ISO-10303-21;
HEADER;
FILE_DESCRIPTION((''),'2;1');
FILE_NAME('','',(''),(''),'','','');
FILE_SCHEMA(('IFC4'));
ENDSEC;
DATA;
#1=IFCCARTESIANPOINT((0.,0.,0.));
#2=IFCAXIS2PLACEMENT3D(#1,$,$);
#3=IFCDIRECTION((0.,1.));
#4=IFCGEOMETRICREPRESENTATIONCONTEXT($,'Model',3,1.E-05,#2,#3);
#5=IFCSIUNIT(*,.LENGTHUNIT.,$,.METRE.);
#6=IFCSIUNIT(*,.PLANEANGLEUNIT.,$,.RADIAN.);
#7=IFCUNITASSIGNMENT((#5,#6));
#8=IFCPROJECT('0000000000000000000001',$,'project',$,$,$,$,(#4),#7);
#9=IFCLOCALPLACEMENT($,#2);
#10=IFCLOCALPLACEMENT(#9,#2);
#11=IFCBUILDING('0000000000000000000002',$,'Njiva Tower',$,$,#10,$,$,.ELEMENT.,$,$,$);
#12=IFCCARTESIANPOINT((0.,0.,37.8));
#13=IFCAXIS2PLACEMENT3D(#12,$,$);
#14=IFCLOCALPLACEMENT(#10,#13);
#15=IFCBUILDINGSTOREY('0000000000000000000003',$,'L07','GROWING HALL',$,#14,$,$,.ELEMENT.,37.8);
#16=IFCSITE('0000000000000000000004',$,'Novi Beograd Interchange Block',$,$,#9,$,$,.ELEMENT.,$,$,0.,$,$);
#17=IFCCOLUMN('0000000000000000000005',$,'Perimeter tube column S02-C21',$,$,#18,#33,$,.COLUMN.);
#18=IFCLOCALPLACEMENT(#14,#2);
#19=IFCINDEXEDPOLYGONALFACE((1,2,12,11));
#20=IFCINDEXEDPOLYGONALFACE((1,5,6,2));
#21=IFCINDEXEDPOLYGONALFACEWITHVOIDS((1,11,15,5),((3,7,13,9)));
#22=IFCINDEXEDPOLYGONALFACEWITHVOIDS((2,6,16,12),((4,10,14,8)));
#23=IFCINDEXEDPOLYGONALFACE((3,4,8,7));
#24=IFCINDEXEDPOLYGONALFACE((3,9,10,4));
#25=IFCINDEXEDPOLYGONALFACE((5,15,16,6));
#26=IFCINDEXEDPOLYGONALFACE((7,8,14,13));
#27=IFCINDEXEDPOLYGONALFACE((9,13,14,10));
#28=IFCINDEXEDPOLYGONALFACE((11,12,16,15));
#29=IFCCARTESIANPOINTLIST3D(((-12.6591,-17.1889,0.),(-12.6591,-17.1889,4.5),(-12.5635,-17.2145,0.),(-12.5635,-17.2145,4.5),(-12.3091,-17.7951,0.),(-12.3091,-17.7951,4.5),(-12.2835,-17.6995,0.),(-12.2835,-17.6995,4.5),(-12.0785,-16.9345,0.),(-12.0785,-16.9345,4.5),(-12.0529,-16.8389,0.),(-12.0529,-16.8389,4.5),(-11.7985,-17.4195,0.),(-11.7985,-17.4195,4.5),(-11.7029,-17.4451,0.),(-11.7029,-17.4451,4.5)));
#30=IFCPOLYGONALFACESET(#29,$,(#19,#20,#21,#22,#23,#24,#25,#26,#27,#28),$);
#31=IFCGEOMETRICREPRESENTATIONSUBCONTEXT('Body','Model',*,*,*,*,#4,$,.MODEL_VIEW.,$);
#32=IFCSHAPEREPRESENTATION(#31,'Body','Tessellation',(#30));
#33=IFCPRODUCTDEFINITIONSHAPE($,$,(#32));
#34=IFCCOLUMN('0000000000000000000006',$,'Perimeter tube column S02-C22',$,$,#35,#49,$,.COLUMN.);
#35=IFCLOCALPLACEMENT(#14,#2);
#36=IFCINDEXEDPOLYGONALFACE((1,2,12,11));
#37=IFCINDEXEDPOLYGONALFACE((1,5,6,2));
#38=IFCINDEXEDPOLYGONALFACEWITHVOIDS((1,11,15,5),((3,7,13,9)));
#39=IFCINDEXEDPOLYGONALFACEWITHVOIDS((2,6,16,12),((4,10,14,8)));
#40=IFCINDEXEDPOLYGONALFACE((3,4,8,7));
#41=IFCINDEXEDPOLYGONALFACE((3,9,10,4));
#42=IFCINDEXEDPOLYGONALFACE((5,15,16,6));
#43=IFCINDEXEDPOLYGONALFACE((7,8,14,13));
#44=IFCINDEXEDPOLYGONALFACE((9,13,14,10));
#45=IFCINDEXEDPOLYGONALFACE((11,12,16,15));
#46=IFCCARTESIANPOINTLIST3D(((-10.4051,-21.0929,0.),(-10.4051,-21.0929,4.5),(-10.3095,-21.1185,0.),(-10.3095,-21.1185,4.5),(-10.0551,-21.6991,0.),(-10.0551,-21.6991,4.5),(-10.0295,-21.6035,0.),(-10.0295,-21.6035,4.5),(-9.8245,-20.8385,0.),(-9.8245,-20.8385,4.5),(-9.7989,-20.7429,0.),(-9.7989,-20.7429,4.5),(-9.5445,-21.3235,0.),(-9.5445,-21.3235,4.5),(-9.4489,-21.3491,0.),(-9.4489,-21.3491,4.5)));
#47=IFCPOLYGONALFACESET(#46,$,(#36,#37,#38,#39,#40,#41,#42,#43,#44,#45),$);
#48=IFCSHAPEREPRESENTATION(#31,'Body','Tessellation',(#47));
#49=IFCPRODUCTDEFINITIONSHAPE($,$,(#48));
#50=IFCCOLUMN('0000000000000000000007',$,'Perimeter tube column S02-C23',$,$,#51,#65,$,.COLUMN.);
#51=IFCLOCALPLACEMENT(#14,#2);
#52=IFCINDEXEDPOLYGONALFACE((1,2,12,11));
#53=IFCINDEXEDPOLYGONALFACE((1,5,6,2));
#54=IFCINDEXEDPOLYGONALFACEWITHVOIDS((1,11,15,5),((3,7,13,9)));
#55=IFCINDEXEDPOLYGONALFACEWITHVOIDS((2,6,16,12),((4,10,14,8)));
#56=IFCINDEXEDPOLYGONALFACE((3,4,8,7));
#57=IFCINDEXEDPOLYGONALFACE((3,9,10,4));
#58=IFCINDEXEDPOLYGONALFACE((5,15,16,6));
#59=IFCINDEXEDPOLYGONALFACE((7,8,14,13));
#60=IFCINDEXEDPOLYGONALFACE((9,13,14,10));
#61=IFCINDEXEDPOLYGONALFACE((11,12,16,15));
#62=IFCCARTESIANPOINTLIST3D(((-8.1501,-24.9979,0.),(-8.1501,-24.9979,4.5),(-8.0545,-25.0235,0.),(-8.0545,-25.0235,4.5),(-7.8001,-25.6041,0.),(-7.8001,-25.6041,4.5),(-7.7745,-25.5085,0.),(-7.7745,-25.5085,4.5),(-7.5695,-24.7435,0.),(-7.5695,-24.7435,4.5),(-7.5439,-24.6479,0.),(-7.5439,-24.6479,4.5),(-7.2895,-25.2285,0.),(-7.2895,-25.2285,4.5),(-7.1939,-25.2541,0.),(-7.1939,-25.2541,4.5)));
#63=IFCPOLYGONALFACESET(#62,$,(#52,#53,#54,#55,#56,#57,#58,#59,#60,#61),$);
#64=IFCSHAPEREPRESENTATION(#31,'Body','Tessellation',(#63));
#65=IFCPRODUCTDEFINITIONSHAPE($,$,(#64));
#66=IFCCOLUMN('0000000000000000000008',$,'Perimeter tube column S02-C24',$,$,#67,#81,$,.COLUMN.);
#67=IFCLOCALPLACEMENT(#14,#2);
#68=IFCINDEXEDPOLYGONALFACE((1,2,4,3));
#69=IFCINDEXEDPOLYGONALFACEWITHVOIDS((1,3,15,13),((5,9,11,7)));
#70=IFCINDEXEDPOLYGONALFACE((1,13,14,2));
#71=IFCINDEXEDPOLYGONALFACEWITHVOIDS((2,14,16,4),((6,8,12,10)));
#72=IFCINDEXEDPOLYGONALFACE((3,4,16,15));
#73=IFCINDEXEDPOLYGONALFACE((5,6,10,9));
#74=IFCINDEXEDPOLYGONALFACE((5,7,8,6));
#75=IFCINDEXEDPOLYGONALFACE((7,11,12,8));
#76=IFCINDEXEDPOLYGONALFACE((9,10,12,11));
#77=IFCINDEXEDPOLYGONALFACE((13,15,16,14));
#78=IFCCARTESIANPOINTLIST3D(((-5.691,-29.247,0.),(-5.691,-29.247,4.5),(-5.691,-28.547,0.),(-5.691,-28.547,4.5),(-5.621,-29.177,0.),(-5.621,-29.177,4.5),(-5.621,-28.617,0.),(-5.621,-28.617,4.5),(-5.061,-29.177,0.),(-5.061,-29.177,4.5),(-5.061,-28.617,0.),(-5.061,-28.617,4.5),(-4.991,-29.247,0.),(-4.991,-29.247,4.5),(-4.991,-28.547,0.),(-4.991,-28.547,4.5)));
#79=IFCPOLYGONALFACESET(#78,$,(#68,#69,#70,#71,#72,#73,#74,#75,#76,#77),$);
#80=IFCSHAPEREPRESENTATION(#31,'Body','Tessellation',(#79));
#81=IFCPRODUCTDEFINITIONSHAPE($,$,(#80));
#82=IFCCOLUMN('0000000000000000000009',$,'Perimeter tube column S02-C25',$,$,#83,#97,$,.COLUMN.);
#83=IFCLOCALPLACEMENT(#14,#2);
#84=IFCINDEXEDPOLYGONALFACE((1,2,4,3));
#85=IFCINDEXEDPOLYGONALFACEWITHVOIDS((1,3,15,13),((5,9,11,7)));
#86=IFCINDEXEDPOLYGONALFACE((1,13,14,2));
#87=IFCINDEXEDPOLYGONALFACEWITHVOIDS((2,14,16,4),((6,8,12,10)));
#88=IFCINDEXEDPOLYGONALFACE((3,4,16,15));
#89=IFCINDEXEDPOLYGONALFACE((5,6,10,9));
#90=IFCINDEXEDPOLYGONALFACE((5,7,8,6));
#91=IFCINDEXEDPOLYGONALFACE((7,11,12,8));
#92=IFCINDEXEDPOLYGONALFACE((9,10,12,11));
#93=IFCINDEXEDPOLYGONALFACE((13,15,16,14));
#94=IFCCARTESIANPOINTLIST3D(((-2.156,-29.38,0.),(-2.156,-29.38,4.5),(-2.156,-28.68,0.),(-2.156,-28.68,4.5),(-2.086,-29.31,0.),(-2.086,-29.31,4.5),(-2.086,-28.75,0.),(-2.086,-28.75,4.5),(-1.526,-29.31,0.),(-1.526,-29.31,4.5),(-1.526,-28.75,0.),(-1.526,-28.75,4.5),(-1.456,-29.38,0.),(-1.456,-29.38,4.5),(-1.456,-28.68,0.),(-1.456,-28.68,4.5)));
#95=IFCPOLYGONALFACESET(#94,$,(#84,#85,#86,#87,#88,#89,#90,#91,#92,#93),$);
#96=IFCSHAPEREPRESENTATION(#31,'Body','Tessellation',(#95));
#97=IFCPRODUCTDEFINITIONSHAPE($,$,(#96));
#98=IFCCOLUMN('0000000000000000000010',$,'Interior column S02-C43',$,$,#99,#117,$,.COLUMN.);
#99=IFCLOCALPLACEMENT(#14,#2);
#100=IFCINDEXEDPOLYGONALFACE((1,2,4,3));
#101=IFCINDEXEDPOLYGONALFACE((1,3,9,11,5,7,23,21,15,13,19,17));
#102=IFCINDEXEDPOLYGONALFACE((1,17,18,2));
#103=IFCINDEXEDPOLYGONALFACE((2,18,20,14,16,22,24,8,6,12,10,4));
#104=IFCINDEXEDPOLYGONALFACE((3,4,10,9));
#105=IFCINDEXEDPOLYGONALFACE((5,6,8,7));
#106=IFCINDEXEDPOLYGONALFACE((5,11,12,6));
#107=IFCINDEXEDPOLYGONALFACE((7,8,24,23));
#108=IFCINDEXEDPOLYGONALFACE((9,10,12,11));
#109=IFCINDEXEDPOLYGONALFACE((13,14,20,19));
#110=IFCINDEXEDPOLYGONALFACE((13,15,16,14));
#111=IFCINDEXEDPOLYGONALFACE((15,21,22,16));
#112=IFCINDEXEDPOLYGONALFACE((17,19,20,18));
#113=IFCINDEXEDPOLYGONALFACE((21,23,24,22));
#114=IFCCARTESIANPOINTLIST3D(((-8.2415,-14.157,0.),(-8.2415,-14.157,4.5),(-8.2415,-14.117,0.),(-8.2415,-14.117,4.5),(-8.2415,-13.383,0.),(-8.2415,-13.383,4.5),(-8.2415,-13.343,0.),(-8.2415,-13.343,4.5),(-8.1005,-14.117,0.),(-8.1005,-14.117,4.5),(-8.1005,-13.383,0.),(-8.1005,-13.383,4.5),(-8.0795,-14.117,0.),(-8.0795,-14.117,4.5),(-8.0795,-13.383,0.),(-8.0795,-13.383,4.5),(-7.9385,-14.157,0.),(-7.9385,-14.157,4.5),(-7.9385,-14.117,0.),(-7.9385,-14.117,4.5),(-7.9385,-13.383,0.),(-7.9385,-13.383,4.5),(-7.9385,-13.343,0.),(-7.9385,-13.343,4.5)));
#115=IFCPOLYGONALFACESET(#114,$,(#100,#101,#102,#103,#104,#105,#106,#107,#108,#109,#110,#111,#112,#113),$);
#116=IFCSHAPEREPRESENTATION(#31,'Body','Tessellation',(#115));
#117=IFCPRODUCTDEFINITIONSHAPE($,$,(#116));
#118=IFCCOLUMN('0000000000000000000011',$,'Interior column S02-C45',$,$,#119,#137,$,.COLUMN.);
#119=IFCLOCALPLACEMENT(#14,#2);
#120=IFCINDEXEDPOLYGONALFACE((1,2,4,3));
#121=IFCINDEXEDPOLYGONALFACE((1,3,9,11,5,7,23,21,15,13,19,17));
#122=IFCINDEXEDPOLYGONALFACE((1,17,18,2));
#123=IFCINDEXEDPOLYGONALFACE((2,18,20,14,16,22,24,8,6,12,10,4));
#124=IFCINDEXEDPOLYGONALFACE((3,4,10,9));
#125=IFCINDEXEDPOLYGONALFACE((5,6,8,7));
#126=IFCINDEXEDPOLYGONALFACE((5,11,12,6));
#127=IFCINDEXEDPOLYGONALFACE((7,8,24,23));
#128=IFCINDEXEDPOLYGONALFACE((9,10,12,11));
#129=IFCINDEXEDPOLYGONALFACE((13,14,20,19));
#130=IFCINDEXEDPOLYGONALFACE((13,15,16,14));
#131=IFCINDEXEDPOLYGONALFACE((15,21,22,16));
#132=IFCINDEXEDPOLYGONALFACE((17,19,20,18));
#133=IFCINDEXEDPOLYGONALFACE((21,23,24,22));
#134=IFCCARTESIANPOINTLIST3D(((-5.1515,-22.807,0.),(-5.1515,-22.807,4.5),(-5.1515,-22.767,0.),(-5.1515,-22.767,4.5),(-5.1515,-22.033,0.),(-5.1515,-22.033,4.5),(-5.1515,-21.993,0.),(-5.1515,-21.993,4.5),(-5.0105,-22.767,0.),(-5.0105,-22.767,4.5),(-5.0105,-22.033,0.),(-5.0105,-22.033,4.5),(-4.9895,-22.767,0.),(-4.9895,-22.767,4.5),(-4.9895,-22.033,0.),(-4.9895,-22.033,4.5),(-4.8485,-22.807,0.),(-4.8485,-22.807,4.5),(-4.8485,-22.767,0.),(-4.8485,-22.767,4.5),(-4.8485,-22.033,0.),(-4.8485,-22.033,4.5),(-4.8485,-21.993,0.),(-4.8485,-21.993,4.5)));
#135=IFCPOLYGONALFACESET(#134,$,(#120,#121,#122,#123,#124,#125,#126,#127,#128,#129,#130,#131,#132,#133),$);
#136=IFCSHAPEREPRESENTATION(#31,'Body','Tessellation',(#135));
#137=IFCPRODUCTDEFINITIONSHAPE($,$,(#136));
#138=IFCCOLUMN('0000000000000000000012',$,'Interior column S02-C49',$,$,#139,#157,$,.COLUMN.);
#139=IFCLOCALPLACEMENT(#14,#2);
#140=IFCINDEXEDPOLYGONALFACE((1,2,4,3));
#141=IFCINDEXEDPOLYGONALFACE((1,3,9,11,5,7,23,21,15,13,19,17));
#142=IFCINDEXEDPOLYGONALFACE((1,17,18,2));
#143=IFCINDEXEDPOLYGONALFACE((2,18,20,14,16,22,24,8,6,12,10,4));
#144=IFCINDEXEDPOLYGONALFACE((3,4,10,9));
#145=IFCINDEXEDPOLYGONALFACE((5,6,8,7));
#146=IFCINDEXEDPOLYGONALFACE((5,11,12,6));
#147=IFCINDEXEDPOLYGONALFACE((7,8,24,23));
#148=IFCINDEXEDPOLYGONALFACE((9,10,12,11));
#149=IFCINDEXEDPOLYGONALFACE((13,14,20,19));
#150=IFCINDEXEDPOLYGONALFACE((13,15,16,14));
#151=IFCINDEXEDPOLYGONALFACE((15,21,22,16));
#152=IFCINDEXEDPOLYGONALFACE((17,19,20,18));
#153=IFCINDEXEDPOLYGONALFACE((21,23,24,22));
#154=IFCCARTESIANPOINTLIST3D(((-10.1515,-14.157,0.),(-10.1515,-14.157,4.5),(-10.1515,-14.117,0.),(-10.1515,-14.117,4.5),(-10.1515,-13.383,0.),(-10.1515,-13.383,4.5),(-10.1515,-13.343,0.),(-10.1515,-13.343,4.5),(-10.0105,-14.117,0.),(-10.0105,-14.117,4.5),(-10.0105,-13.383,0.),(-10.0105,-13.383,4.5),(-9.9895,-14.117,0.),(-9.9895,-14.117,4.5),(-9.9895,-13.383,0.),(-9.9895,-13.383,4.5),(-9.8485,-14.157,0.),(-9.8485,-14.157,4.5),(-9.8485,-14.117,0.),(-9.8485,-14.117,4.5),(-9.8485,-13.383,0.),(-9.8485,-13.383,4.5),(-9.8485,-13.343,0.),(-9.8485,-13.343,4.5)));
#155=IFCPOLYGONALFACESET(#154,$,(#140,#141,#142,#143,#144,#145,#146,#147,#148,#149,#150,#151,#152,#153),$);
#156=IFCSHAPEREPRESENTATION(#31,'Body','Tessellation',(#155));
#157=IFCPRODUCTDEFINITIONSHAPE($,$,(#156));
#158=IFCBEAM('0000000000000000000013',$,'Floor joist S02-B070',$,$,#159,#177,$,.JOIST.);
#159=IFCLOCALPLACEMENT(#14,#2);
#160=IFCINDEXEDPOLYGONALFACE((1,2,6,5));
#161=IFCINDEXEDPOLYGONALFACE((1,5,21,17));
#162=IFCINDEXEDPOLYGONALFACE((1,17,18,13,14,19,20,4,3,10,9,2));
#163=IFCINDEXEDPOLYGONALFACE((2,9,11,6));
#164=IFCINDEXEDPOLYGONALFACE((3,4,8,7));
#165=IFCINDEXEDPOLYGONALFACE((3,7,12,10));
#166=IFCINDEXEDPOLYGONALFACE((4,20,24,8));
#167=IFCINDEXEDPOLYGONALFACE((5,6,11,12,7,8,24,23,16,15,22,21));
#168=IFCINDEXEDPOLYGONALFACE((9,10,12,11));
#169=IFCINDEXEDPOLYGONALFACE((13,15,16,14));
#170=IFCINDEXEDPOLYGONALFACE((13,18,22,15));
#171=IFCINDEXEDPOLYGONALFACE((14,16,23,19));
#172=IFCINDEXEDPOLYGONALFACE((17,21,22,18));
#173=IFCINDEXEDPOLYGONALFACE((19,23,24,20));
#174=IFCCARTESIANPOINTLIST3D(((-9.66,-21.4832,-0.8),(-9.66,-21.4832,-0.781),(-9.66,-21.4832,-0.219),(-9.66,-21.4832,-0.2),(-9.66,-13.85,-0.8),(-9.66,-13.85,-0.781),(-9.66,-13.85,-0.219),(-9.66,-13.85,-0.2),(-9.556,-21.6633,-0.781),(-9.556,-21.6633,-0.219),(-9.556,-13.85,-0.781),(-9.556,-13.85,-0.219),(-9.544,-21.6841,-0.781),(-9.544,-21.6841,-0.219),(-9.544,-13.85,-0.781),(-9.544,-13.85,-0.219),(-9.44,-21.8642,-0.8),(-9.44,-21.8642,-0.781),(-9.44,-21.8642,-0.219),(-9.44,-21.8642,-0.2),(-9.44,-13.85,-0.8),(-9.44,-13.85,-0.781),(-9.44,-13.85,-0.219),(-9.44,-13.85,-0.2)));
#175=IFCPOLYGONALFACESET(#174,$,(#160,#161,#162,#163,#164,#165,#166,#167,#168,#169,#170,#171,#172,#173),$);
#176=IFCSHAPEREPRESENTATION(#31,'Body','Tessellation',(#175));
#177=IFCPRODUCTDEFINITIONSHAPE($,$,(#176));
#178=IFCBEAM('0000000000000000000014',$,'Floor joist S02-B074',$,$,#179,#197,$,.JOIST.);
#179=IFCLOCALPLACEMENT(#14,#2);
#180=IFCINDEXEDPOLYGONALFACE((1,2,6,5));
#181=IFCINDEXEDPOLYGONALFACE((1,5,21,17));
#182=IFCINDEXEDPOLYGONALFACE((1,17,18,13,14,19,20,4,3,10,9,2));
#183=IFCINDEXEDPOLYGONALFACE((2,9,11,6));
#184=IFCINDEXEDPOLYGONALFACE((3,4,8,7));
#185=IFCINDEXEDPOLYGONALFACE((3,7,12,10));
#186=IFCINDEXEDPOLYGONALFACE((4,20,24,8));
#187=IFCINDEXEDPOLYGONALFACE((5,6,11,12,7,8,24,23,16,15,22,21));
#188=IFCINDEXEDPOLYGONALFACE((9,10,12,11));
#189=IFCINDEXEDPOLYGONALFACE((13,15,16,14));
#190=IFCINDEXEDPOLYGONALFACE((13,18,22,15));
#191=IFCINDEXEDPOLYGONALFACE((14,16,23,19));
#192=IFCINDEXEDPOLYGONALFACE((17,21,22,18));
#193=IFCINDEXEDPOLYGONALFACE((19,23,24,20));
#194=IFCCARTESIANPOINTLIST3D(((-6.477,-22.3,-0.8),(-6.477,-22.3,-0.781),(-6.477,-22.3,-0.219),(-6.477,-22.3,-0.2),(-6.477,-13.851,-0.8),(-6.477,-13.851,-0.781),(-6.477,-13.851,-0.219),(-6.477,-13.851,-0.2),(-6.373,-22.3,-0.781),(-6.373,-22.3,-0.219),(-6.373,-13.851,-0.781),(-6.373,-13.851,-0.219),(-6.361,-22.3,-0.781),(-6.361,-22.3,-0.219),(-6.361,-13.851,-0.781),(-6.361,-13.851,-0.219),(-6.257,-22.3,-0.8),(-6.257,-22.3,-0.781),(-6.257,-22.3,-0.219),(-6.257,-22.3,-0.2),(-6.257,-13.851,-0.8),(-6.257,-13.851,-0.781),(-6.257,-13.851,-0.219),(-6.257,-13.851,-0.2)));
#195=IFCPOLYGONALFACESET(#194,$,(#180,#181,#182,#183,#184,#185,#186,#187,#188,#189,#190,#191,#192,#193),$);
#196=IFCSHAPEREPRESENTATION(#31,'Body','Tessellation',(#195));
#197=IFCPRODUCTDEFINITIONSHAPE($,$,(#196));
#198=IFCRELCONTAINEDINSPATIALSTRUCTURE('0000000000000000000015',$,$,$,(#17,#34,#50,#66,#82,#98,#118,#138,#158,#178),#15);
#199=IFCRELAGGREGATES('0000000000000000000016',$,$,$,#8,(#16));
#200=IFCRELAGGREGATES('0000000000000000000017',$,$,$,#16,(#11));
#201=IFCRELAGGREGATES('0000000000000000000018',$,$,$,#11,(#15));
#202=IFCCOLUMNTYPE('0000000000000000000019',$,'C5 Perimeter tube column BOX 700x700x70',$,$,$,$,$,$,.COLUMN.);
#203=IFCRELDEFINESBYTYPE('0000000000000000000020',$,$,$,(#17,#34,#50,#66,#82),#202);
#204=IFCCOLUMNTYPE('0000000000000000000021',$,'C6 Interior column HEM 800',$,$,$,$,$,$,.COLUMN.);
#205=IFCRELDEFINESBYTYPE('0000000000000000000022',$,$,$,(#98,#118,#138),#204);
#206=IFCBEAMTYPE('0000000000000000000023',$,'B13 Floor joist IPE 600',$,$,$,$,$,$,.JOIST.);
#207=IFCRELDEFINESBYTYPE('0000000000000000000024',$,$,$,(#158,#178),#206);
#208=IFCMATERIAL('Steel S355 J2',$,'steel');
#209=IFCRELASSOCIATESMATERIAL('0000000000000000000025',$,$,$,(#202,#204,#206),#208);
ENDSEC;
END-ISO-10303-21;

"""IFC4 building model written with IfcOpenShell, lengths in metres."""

from ifc_helpers import new_model, si_unit, direction, frame, origin, origin_2d, place, context, subcontext, project, spatial, hollow_rectangle, i_section, extrude, clip, halfspace, material, material_profile, profile_set, type_object, element, save


model = new_model("IFC4")

# Units and contexts
model_context = context("Model", 3, precision=1e-05, world=origin(), true_north=direction((0.0, 1.0)))
body_context = subcontext(model_context, "Body", "Model", "MODEL_VIEW")
ifc_project = project(units=[si_unit("LENGTHUNIT", "METRE"), si_unit("PLANEANGLEUNIT", "RADIAN")], contexts=[model_context])

# Site, building, storey
site_placement = place(None, origin())
site = spatial("IfcSite", under=ifc_project, at=site_placement, Name="Novi Beograd Interchange Block", CompositionType="ELEMENT", RefElevation=0.0)
building_placement = place(site_placement, origin())
building = spatial("IfcBuilding", under=site, at=building_placement, Name="Njiva Tower", CompositionType="ELEMENT")
storey_placement = place(building_placement, frame((0.0, 0.0, 37.8)))
storey = spatial("IfcBuildingStorey", under=building, at=storey_placement, Name="L07", Description="GROWING HALL", CompositionType="ELEMENT", Elevation=37.8)

# Columns
ifc_material_1 = material(Name="Steel S355 J2", Category="steel")
ifc_material_profile_1 = material_profile(ifc_material_1, hollow_rectangle(XDim=0.7, YDim=0.7, WallThickness=0.07, at=origin_2d()), Name="BOX 700x700x70")
ifc_profile_set_1 = profile_set([ifc_material_profile_1], Name="Steel S355 J2")
column_type_1 = type_object("IfcColumnType", Name="C5 Perimeter tube column BOX 700x700x70", PredefinedType="COLUMN", material=ifc_profile_set_1)
for number, where, z_axis, x_axis, name in (
    (1, (-12.181, -17.317, 0.0), (0.0, 0.0, 1.0), (0.5, -0.866025, 0.0), "Perimeter tube column S02-C21"),
    (2, (-9.927, -21.221, 0.0), (0.0, 0.0, 1.0), (0.5, -0.866025, 0.0), "Perimeter tube column S02-C22"),
    (3, (-7.672, -25.126, 0.0), (0.0, 0.0, 1.0), (0.5, -0.866025, 0.0), "Perimeter tube column S02-C23"),
    (4, (-5.341, -28.897, 0.0), (0.0, 0.0, 1.0), (1.0, 0.0, 0.0), "Perimeter tube column S02-C24"),
    (5, (-1.806, -29.03, 0.0), (0.0, 0.0, 1.0), (1.0, 0.0, 0.0), "Perimeter tube column S02-C25"),
):
    element("IfcColumn", number, at=place(storey_placement, frame(where, z_axis=z_axis, x_axis=x_axis)), inside=storey, type_object=column_type_1, Name=name, PredefinedType="COLUMN", context=body_context, shape_type="SweptSolid", body=[
        extrude(hollow_rectangle(XDim=0.7, YDim=0.7, WallThickness=0.07, at=origin_2d()), origin(), (0.0, 0.0, 1.0), 4.5),
    ])
ifc_material_profile_2 = material_profile(ifc_material_1, i_section(OverallWidth=0.303, OverallDepth=0.814, WebThickness=0.021, FlangeThickness=0.04, at=origin_2d()), Name="HEM 800")
ifc_profile_set_2 = profile_set([ifc_material_profile_2], Name="Steel S355 J2")
column_type_2 = type_object("IfcColumnType", Name="C6 Interior column HEM 800", PredefinedType="COLUMN", material=ifc_profile_set_2)
for number, where, z_axis, x_axis, name in (
    (6, (-8.09, -13.75, 0.0), (0.0, 0.0, 1.0), (1.0, 0.0, 0.0), "Interior column S02-C43"),
    (7, (-5.0, -22.4, 0.0), (0.0, 0.0, 1.0), (1.0, 0.0, 0.0), "Interior column S02-C45"),
    (8, (-10.0, -13.75, 0.0), (0.0, 0.0, 1.0), (1.0, 0.0, 0.0), "Interior column S02-C49"),
):
    element("IfcColumn", number, at=place(storey_placement, frame(where, z_axis=z_axis, x_axis=x_axis)), inside=storey, type_object=column_type_2, Name=name, PredefinedType="COLUMN", context=body_context, shape_type="SweptSolid", body=[
        extrude(i_section(OverallWidth=0.303, OverallDepth=0.814, WebThickness=0.021, FlangeThickness=0.04, at=origin_2d()), origin(), (0.0, 0.0, 1.0), 4.5),
    ])

# Beams
ifc_material_profile_3 = material_profile(ifc_material_1, i_section(OverallWidth=0.22, OverallDepth=0.6, WebThickness=0.012, FlangeThickness=0.019, at=origin_2d()), Name="IPE 600")
ifc_profile_set_3 = profile_set([ifc_material_profile_3], Name="Steel S355 J2")
beam_type_1 = type_object("IfcBeamType", Name="B13 Floor joist IPE 600", PredefinedType="JOIST", material=ifc_profile_set_3)
beam_1_placement = place(storey_placement, frame((-9.55, -13.85, -0.5), z_axis=(0.0, -1.0, 0.0), x_axis=(1.0, 0.0, 0.0)))
element("IfcBeam", 9, at=beam_1_placement, inside=storey, type_object=beam_type_1, Name="Floor joist S02-B070", PredefinedType="JOIST", context=body_context, shape_type="Clipping", body=[
    clip(extrude(i_section(OverallWidth=0.22, OverallDepth=0.6, WebThickness=0.012, FlangeThickness=0.019, at=origin_2d()), origin(), (0.0, 0.0, 1.0), 8.035), halfspace(frame((-0.0433, 0.0, 7.7487), z_axis=(-0.866027, 0.0, 0.499998), x_axis=(0.0, 1.0, 0.0)), False)),
])
beam_2_placement = place(storey_placement, frame((-6.367, -13.851, -0.5), z_axis=(0.0, -1.0, 0.0), x_axis=(1.0, 0.0, 0.0)))
element("IfcBeam", 10, at=beam_2_placement, inside=storey, type_object=beam_type_1, Name="Floor joist S02-B074", PredefinedType="JOIST", context=body_context, shape_type="SweptSolid", body=[
    extrude(i_section(OverallWidth=0.22, OverallDepth=0.6, WebThickness=0.012, FlangeThickness=0.019, at=origin_2d()), origin(), (0.0, 0.0, 1.0), 8.449),
])

save(model, "model.ifc")
